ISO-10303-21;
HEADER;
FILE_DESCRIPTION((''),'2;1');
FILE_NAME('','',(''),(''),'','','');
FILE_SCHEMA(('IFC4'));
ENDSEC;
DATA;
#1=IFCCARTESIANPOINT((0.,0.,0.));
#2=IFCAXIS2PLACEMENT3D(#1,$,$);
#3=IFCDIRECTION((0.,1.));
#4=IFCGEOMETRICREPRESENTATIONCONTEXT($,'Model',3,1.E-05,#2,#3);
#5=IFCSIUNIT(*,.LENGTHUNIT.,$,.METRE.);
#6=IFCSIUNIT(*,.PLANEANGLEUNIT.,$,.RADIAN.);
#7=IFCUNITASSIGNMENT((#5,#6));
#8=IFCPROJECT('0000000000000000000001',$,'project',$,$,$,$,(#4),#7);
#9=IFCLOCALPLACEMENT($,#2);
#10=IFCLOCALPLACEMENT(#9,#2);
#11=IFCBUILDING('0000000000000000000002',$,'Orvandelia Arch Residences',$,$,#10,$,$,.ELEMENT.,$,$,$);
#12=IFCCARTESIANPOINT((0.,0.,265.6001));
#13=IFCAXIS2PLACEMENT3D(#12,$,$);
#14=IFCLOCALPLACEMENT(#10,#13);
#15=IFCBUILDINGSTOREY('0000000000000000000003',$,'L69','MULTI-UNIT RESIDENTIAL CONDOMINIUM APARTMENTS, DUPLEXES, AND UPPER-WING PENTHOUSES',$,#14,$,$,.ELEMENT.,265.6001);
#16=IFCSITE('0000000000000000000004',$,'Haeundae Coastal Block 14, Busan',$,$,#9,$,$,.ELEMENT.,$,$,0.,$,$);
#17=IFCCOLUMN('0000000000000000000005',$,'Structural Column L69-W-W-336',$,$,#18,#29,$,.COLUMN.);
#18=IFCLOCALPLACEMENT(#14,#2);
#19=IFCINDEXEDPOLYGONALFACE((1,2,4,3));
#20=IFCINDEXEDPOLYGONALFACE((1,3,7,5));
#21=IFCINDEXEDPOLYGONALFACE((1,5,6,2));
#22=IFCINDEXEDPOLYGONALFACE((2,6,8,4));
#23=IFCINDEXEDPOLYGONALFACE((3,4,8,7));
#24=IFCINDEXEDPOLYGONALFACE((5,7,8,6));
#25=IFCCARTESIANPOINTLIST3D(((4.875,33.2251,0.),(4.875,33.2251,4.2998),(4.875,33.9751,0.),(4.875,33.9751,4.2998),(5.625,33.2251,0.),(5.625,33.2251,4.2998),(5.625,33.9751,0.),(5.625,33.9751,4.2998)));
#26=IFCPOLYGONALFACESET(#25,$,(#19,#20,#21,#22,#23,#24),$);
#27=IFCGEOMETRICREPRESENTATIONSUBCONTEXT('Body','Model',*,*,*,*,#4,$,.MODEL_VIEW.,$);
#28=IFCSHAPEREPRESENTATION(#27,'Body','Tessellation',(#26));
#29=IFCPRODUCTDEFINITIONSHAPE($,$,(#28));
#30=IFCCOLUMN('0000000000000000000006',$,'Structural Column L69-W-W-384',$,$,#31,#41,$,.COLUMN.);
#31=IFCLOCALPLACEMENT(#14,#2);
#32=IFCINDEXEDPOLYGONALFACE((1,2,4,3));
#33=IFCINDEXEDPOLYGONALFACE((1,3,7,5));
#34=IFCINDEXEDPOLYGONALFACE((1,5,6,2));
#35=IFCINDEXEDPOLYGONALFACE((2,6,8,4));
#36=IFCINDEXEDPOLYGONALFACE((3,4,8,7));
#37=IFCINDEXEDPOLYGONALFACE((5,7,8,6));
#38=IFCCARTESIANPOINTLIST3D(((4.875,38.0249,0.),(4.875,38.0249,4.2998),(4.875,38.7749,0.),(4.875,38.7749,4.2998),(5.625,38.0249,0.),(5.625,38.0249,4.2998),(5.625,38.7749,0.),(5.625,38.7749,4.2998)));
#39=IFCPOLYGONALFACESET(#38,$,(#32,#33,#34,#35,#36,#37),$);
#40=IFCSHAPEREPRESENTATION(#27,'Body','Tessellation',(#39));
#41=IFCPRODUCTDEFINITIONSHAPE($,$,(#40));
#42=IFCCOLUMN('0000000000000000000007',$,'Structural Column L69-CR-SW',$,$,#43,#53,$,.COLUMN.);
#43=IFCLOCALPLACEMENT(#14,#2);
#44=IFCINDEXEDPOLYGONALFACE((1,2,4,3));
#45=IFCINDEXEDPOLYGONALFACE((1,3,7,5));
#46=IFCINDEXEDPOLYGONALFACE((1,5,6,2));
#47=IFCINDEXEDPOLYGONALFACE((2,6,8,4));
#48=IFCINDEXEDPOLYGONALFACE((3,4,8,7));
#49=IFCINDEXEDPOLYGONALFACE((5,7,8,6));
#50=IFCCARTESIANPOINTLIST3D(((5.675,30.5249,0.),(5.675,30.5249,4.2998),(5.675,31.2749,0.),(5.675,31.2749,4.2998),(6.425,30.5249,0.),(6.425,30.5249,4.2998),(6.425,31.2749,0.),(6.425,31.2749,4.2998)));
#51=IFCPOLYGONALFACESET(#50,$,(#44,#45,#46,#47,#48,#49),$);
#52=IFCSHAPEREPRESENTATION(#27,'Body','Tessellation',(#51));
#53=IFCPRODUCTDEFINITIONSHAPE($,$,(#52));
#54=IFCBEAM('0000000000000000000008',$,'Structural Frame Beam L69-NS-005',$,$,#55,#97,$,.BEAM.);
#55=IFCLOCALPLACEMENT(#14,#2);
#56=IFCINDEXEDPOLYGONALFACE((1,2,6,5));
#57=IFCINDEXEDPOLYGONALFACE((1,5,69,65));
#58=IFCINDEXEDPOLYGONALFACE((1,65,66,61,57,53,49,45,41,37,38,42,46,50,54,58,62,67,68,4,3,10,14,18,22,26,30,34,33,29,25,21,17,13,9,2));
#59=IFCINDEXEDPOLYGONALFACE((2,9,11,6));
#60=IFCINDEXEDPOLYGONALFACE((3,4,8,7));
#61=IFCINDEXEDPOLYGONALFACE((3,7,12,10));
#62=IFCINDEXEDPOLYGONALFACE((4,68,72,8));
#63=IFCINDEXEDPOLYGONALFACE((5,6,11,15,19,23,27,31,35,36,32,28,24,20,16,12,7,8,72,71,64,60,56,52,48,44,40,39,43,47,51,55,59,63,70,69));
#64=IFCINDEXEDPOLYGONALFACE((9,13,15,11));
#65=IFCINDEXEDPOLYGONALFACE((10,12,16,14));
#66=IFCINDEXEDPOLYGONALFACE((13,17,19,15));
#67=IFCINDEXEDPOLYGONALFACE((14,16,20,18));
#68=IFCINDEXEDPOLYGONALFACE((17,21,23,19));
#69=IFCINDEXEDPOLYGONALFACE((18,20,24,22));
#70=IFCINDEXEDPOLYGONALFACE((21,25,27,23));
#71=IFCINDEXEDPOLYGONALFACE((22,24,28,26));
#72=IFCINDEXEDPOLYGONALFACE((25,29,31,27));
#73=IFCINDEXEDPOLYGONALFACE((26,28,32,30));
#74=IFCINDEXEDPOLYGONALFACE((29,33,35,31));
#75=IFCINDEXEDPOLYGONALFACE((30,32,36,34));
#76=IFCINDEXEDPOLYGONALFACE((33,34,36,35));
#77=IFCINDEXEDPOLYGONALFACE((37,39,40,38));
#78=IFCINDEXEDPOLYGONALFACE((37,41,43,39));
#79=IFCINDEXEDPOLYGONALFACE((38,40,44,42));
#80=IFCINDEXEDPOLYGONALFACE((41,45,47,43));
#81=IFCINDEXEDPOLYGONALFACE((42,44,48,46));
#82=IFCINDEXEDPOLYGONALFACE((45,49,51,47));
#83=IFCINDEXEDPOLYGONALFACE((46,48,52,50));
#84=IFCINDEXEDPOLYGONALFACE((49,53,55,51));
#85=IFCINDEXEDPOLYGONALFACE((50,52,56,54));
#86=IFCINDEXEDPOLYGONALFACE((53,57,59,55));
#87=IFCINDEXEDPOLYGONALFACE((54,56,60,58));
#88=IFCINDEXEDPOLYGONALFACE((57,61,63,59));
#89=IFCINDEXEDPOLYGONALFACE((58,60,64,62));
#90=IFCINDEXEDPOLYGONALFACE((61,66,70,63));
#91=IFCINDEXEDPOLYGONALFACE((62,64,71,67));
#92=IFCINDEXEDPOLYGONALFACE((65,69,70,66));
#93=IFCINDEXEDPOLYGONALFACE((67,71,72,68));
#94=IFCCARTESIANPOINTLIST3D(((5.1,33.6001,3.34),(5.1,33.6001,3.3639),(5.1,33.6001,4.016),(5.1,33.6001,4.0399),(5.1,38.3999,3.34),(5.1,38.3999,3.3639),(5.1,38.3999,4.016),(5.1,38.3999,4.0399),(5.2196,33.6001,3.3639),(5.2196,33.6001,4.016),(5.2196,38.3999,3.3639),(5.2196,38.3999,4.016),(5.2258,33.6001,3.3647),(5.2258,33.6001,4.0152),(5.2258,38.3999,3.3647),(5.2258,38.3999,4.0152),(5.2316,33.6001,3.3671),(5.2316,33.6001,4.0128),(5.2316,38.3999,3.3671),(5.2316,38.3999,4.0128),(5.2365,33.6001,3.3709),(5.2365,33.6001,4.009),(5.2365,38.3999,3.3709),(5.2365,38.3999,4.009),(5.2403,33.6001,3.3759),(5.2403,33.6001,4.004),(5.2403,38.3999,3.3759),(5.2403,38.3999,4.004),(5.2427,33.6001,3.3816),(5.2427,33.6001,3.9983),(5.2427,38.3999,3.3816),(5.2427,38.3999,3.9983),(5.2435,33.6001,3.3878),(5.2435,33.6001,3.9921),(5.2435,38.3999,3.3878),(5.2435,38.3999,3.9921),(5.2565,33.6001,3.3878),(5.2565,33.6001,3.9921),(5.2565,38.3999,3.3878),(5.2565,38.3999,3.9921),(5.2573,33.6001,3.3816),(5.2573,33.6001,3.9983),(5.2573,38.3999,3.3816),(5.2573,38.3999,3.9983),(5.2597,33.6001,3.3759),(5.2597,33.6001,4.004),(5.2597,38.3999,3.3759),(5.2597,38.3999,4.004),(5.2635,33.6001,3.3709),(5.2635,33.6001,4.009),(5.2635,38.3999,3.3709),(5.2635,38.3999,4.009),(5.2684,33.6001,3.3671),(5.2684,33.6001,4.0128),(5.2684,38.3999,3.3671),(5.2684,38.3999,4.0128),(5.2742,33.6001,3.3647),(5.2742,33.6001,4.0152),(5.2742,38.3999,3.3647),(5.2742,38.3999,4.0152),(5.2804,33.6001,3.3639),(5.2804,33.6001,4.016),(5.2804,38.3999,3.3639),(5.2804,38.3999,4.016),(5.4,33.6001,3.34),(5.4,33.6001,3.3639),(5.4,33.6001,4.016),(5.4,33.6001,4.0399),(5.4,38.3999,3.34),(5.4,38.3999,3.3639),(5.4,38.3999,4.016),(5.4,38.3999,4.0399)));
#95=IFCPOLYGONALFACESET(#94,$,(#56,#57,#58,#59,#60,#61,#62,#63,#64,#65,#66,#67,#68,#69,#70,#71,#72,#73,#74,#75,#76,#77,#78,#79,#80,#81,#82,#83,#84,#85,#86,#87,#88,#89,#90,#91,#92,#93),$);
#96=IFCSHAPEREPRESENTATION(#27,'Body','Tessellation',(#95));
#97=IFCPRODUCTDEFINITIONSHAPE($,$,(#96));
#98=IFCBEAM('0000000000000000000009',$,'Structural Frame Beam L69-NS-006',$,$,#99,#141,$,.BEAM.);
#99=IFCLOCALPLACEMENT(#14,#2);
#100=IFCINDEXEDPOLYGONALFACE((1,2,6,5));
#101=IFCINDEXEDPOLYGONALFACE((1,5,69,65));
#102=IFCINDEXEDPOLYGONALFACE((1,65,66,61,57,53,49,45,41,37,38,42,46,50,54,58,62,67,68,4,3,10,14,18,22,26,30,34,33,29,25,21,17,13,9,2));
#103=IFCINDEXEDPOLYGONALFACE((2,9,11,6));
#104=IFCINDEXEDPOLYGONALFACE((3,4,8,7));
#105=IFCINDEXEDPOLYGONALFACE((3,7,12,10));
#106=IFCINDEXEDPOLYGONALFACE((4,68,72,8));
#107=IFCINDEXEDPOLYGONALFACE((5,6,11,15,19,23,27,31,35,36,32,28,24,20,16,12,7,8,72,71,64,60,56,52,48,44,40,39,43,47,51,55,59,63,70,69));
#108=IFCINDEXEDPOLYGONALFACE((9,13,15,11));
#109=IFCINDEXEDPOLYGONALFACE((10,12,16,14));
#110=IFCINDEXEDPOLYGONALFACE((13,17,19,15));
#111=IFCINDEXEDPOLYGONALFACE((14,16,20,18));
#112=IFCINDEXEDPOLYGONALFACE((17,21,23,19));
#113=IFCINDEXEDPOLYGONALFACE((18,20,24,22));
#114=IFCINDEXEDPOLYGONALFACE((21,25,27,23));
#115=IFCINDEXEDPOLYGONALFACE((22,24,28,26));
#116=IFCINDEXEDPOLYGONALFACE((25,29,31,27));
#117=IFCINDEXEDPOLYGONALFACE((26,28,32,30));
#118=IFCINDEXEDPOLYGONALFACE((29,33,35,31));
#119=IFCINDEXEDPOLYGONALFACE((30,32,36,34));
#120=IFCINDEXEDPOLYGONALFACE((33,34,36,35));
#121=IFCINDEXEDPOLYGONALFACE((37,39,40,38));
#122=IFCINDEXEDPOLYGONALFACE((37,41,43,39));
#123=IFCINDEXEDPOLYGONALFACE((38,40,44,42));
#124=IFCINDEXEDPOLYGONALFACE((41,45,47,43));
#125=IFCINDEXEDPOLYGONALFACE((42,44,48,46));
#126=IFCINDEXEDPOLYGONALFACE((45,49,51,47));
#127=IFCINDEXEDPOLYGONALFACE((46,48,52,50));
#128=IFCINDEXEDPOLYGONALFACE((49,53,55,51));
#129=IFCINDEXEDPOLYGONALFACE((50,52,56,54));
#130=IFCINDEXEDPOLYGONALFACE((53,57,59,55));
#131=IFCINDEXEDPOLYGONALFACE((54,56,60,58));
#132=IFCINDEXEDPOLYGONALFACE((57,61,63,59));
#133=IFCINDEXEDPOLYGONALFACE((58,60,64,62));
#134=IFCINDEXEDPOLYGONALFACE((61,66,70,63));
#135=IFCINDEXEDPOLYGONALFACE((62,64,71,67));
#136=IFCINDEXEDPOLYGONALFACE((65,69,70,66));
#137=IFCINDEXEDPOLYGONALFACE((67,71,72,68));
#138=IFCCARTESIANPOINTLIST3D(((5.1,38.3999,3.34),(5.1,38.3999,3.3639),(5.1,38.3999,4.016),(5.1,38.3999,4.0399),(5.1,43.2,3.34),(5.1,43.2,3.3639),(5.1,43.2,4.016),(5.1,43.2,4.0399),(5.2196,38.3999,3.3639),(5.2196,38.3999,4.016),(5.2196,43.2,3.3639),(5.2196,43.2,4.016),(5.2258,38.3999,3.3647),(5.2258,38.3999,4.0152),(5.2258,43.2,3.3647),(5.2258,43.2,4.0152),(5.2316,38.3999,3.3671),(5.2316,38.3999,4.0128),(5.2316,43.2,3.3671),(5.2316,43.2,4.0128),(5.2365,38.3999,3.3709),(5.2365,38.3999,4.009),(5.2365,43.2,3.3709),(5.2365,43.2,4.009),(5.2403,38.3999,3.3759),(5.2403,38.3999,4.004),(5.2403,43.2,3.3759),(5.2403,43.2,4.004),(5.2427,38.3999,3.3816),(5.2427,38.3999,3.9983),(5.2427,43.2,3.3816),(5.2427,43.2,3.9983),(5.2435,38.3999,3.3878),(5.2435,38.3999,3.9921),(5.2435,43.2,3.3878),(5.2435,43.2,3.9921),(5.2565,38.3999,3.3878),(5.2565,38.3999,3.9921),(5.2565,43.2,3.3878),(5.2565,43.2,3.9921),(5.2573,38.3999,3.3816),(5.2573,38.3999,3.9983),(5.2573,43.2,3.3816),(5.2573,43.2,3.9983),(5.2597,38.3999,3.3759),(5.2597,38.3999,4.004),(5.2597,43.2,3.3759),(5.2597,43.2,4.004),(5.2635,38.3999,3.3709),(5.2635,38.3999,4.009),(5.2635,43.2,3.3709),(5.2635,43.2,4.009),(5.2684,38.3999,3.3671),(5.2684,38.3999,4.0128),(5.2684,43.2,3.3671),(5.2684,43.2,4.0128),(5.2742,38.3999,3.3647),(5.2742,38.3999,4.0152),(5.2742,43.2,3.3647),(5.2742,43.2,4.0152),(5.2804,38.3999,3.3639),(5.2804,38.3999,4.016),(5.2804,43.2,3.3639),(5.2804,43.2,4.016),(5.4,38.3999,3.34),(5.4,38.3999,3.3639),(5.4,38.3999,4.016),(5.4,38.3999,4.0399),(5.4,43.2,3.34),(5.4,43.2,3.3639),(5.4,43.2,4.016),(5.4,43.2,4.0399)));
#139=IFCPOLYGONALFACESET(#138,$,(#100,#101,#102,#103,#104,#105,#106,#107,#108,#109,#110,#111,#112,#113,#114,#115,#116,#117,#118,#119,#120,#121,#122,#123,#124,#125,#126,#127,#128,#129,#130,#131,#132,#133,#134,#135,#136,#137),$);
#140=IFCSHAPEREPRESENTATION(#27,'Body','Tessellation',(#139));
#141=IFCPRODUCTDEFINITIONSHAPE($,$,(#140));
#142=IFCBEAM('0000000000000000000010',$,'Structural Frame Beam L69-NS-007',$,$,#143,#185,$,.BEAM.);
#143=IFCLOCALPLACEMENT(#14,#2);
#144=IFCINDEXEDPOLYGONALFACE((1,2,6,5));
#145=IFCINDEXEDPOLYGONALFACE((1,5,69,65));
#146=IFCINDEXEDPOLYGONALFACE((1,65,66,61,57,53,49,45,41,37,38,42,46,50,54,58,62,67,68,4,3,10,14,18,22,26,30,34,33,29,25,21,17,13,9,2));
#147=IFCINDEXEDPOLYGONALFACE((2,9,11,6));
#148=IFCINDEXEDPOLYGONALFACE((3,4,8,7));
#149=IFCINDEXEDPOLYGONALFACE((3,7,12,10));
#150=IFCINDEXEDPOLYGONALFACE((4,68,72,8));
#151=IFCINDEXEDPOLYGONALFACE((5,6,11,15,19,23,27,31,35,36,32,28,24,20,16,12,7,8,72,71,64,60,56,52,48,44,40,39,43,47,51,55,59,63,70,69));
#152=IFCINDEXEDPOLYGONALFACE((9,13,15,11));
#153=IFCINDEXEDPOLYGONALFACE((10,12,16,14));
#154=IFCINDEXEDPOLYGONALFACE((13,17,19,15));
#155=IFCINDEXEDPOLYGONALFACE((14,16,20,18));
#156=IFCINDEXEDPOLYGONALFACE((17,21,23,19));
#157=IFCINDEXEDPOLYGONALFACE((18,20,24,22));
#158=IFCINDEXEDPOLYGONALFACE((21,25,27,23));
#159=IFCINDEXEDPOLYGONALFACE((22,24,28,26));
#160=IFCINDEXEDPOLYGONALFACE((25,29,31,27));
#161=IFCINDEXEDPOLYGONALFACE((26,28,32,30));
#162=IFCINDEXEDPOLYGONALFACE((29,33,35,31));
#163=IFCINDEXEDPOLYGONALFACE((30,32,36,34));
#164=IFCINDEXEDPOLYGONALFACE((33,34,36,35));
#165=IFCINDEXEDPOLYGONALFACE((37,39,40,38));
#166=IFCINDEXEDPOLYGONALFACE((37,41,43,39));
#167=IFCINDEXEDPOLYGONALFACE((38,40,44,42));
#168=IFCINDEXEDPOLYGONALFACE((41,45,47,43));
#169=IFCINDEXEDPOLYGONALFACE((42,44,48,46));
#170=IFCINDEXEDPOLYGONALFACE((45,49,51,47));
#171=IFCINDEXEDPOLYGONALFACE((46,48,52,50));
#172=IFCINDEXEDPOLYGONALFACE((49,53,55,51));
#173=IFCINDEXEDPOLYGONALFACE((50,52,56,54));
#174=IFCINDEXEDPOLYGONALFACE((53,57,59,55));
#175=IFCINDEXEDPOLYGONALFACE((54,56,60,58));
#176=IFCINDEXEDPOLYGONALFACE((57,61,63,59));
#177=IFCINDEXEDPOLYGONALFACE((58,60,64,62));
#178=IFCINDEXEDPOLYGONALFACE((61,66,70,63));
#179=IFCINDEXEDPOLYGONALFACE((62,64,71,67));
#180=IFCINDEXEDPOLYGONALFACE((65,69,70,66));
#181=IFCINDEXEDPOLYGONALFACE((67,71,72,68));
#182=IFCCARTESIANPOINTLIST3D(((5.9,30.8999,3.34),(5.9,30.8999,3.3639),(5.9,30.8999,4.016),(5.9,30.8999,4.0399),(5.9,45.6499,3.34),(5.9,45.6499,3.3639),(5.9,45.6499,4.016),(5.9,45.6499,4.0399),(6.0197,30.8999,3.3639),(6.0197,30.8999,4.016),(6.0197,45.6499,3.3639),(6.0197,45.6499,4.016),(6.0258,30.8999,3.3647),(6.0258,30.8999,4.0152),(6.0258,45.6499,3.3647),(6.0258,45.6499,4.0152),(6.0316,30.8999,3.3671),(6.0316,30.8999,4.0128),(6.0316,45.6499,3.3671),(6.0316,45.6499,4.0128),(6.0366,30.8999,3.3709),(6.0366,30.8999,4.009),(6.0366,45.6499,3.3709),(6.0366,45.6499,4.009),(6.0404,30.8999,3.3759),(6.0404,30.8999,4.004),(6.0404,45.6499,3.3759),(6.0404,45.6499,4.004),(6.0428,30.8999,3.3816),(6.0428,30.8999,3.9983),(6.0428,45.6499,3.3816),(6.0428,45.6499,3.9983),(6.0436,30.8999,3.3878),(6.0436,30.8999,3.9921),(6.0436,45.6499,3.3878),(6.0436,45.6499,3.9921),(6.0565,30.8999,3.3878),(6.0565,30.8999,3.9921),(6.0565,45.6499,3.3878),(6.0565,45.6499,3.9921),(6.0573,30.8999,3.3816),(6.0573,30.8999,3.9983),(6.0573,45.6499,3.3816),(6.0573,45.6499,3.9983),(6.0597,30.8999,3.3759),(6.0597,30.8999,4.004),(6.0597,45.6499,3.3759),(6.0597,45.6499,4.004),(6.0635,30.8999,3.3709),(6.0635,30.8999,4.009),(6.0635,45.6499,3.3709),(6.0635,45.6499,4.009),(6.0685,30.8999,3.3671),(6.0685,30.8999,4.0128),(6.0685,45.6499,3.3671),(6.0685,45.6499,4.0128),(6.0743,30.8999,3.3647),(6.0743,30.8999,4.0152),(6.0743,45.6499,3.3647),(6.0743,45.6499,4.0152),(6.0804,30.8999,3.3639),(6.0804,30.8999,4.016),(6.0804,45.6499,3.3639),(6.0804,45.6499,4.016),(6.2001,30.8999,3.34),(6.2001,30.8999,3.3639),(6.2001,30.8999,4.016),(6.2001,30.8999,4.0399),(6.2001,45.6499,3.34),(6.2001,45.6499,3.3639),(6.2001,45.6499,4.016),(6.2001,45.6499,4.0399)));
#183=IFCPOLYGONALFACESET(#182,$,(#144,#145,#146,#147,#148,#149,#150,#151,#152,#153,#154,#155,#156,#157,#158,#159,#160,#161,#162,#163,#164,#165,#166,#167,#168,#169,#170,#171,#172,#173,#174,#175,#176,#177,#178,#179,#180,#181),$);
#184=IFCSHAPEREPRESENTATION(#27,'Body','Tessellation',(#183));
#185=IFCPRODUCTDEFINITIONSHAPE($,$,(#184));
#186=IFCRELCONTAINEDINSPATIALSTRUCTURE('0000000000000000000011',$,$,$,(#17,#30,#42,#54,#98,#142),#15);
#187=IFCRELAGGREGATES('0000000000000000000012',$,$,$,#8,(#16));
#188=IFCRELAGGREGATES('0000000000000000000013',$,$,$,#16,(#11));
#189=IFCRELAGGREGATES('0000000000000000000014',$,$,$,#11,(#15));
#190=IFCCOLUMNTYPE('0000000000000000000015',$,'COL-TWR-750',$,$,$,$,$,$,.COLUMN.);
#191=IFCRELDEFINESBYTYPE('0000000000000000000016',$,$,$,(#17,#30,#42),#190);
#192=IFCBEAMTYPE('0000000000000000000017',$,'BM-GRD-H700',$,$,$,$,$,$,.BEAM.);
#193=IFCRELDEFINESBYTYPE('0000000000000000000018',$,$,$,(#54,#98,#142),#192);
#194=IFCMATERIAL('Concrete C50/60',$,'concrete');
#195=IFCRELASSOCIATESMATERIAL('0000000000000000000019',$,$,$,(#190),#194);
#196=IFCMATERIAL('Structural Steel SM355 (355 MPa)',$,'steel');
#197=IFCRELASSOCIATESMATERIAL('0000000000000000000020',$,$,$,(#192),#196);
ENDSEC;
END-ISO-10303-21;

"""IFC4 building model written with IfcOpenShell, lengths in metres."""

from ifc_helpers import new_model, si_unit, direction, frame, origin, origin_2d, place, context, subcontext, project, spatial, rectangle, i_section, extrude, material, material_profile, profile_set, type_object, element, save


model = new_model("IFC4")

# Units and contexts
model_context = context("Model", 3, precision=1e-05, world=origin(), true_north=direction((0.0, 1.0)))
body_context = subcontext(model_context, "Body", "Model", "MODEL_VIEW")
ifc_project = project(units=[si_unit("LENGTHUNIT", "METRE"), si_unit("PLANEANGLEUNIT", "RADIAN")], contexts=[model_context])

# Site, building, storey
site_placement = place(None, origin())
site = spatial("IfcSite", under=ifc_project, at=site_placement, Name="Haeundae Coastal Block 14, Busan", CompositionType="ELEMENT", RefElevation=0.0)
building_placement = place(site_placement, origin())
building = spatial("IfcBuilding", under=site, at=building_placement, Name="Orvandelia Arch Residences", CompositionType="ELEMENT")
storey_placement = place(building_placement, frame((0.0, 0.0, 265.6001)))
storey = spatial("IfcBuildingStorey", under=building, at=storey_placement, Name="L69", Description="MULTI-UNIT RESIDENTIAL CONDOMINIUM APARTMENTS, DUPLEXES, AND UPPER-WING PENTHOUSES", CompositionType="ELEMENT", Elevation=265.6001)

# Columns
ifc_material_1 = material(Name="Concrete C50/60", Category="concrete")
ifc_material_profile_1 = material_profile(ifc_material_1, rectangle(XDim=0.75, YDim=0.75, at=origin_2d()), Name="Concrete C50/60", Category="concrete")
ifc_profile_set_1 = profile_set([ifc_material_profile_1], Name="Concrete C50/60")
column_type = type_object("IfcColumnType", Name="COL-TWR-750", PredefinedType="COLUMN", material=ifc_profile_set_1)
for number, where, z_axis, x_axis, name in (
    (1, (5.25, 33.6001, 0.0), (0.0, 0.0, 1.0), (1.0, 0.0, 0.0), "Structural Column L69-W-W-336"),
    (2, (5.25, 38.3999, 0.0), (0.0, 0.0, 1.0), (1.0, 0.0, 0.0), "Structural Column L69-W-W-384"),
    (3, (6.05, 30.8999, 0.0), (0.0, 0.0, 1.0), (1.0, 0.0, 0.0), "Structural Column L69-CR-SW"),
):
    element("IfcColumn", number, at=place(storey_placement, frame(where, z_axis=z_axis, x_axis=x_axis)), inside=storey, type_object=column_type, Name=name, PredefinedType="COLUMN", context=body_context, shape_type="SweptSolid", body=[
        extrude(rectangle(XDim=0.75, YDim=0.75, at=origin_2d()), origin(), (0.0, 0.0, 1.0), 4.2998),
    ])

# Beams
ifc_material_2 = material(Name="Structural Steel SM355 (355 MPa)", Category="steel")
ifc_material_profile_2 = material_profile(ifc_material_2, i_section(OverallWidth=0.3, OverallDepth=0.7, WebThickness=0.0129, FlangeThickness=0.0239, FilletRadius=0.0239, at=origin_2d()), Name="Structural Steel SM355 (355 MPa)", Category="steel")
ifc_profile_set_2 = profile_set([ifc_material_profile_2], Name="Structural Steel SM355 (355 MPa)")
beam_type = type_object("IfcBeamType", Name="BM-GRD-H700", PredefinedType="BEAM", material=ifc_profile_set_2)
beam_1_placement = place(storey_placement, frame((5.25, 33.6001, 3.6899), z_axis=(0.0, 1.0, 0.0), x_axis=(-1.0, 0.0, 0.0)))
element("IfcBeam", 4, at=beam_1_placement, inside=storey, type_object=beam_type, Name="Structural Frame Beam L69-NS-005", PredefinedType="BEAM", context=body_context, shape_type="SweptSolid", body=[
    extrude(i_section(OverallWidth=0.3, OverallDepth=0.7, WebThickness=0.0129, FlangeThickness=0.0239, FilletRadius=0.0239, at=origin_2d()), origin(), (0.0, 0.0, 1.0), 4.7998),
])
beam_2_placement = place(storey_placement, frame((5.25, 38.3999, 3.6899), z_axis=(0.0, 1.0, 0.0), x_axis=(-1.0, 0.0, 0.0)))
element("IfcBeam", 5, at=beam_2_placement, inside=storey, type_object=beam_type, Name="Structural Frame Beam L69-NS-006", PredefinedType="BEAM", context=body_context, shape_type="SweptSolid", body=[
    extrude(i_section(OverallWidth=0.3, OverallDepth=0.7, WebThickness=0.0129, FlangeThickness=0.0239, FilletRadius=0.0239, at=origin_2d()), origin(), (0.0, 0.0, 1.0), 4.8),
])
beam_3_placement = place(storey_placement, frame((6.05, 30.8999, 3.6899), z_axis=(0.0, 1.0, 0.0), x_axis=(-1.0, 0.0, 0.0)))
element("IfcBeam", 6, at=beam_3_placement, inside=storey, type_object=beam_type, Name="Structural Frame Beam L69-NS-007", PredefinedType="BEAM", context=body_context, shape_type="SweptSolid", body=[
    extrude(i_section(OverallWidth=0.3, OverallDepth=0.7, WebThickness=0.0129, FlangeThickness=0.0239, FilletRadius=0.0239, at=origin_2d()), origin(), (0.0, 0.0, 1.0), 14.75),
])

save(model, "model.ifc")
